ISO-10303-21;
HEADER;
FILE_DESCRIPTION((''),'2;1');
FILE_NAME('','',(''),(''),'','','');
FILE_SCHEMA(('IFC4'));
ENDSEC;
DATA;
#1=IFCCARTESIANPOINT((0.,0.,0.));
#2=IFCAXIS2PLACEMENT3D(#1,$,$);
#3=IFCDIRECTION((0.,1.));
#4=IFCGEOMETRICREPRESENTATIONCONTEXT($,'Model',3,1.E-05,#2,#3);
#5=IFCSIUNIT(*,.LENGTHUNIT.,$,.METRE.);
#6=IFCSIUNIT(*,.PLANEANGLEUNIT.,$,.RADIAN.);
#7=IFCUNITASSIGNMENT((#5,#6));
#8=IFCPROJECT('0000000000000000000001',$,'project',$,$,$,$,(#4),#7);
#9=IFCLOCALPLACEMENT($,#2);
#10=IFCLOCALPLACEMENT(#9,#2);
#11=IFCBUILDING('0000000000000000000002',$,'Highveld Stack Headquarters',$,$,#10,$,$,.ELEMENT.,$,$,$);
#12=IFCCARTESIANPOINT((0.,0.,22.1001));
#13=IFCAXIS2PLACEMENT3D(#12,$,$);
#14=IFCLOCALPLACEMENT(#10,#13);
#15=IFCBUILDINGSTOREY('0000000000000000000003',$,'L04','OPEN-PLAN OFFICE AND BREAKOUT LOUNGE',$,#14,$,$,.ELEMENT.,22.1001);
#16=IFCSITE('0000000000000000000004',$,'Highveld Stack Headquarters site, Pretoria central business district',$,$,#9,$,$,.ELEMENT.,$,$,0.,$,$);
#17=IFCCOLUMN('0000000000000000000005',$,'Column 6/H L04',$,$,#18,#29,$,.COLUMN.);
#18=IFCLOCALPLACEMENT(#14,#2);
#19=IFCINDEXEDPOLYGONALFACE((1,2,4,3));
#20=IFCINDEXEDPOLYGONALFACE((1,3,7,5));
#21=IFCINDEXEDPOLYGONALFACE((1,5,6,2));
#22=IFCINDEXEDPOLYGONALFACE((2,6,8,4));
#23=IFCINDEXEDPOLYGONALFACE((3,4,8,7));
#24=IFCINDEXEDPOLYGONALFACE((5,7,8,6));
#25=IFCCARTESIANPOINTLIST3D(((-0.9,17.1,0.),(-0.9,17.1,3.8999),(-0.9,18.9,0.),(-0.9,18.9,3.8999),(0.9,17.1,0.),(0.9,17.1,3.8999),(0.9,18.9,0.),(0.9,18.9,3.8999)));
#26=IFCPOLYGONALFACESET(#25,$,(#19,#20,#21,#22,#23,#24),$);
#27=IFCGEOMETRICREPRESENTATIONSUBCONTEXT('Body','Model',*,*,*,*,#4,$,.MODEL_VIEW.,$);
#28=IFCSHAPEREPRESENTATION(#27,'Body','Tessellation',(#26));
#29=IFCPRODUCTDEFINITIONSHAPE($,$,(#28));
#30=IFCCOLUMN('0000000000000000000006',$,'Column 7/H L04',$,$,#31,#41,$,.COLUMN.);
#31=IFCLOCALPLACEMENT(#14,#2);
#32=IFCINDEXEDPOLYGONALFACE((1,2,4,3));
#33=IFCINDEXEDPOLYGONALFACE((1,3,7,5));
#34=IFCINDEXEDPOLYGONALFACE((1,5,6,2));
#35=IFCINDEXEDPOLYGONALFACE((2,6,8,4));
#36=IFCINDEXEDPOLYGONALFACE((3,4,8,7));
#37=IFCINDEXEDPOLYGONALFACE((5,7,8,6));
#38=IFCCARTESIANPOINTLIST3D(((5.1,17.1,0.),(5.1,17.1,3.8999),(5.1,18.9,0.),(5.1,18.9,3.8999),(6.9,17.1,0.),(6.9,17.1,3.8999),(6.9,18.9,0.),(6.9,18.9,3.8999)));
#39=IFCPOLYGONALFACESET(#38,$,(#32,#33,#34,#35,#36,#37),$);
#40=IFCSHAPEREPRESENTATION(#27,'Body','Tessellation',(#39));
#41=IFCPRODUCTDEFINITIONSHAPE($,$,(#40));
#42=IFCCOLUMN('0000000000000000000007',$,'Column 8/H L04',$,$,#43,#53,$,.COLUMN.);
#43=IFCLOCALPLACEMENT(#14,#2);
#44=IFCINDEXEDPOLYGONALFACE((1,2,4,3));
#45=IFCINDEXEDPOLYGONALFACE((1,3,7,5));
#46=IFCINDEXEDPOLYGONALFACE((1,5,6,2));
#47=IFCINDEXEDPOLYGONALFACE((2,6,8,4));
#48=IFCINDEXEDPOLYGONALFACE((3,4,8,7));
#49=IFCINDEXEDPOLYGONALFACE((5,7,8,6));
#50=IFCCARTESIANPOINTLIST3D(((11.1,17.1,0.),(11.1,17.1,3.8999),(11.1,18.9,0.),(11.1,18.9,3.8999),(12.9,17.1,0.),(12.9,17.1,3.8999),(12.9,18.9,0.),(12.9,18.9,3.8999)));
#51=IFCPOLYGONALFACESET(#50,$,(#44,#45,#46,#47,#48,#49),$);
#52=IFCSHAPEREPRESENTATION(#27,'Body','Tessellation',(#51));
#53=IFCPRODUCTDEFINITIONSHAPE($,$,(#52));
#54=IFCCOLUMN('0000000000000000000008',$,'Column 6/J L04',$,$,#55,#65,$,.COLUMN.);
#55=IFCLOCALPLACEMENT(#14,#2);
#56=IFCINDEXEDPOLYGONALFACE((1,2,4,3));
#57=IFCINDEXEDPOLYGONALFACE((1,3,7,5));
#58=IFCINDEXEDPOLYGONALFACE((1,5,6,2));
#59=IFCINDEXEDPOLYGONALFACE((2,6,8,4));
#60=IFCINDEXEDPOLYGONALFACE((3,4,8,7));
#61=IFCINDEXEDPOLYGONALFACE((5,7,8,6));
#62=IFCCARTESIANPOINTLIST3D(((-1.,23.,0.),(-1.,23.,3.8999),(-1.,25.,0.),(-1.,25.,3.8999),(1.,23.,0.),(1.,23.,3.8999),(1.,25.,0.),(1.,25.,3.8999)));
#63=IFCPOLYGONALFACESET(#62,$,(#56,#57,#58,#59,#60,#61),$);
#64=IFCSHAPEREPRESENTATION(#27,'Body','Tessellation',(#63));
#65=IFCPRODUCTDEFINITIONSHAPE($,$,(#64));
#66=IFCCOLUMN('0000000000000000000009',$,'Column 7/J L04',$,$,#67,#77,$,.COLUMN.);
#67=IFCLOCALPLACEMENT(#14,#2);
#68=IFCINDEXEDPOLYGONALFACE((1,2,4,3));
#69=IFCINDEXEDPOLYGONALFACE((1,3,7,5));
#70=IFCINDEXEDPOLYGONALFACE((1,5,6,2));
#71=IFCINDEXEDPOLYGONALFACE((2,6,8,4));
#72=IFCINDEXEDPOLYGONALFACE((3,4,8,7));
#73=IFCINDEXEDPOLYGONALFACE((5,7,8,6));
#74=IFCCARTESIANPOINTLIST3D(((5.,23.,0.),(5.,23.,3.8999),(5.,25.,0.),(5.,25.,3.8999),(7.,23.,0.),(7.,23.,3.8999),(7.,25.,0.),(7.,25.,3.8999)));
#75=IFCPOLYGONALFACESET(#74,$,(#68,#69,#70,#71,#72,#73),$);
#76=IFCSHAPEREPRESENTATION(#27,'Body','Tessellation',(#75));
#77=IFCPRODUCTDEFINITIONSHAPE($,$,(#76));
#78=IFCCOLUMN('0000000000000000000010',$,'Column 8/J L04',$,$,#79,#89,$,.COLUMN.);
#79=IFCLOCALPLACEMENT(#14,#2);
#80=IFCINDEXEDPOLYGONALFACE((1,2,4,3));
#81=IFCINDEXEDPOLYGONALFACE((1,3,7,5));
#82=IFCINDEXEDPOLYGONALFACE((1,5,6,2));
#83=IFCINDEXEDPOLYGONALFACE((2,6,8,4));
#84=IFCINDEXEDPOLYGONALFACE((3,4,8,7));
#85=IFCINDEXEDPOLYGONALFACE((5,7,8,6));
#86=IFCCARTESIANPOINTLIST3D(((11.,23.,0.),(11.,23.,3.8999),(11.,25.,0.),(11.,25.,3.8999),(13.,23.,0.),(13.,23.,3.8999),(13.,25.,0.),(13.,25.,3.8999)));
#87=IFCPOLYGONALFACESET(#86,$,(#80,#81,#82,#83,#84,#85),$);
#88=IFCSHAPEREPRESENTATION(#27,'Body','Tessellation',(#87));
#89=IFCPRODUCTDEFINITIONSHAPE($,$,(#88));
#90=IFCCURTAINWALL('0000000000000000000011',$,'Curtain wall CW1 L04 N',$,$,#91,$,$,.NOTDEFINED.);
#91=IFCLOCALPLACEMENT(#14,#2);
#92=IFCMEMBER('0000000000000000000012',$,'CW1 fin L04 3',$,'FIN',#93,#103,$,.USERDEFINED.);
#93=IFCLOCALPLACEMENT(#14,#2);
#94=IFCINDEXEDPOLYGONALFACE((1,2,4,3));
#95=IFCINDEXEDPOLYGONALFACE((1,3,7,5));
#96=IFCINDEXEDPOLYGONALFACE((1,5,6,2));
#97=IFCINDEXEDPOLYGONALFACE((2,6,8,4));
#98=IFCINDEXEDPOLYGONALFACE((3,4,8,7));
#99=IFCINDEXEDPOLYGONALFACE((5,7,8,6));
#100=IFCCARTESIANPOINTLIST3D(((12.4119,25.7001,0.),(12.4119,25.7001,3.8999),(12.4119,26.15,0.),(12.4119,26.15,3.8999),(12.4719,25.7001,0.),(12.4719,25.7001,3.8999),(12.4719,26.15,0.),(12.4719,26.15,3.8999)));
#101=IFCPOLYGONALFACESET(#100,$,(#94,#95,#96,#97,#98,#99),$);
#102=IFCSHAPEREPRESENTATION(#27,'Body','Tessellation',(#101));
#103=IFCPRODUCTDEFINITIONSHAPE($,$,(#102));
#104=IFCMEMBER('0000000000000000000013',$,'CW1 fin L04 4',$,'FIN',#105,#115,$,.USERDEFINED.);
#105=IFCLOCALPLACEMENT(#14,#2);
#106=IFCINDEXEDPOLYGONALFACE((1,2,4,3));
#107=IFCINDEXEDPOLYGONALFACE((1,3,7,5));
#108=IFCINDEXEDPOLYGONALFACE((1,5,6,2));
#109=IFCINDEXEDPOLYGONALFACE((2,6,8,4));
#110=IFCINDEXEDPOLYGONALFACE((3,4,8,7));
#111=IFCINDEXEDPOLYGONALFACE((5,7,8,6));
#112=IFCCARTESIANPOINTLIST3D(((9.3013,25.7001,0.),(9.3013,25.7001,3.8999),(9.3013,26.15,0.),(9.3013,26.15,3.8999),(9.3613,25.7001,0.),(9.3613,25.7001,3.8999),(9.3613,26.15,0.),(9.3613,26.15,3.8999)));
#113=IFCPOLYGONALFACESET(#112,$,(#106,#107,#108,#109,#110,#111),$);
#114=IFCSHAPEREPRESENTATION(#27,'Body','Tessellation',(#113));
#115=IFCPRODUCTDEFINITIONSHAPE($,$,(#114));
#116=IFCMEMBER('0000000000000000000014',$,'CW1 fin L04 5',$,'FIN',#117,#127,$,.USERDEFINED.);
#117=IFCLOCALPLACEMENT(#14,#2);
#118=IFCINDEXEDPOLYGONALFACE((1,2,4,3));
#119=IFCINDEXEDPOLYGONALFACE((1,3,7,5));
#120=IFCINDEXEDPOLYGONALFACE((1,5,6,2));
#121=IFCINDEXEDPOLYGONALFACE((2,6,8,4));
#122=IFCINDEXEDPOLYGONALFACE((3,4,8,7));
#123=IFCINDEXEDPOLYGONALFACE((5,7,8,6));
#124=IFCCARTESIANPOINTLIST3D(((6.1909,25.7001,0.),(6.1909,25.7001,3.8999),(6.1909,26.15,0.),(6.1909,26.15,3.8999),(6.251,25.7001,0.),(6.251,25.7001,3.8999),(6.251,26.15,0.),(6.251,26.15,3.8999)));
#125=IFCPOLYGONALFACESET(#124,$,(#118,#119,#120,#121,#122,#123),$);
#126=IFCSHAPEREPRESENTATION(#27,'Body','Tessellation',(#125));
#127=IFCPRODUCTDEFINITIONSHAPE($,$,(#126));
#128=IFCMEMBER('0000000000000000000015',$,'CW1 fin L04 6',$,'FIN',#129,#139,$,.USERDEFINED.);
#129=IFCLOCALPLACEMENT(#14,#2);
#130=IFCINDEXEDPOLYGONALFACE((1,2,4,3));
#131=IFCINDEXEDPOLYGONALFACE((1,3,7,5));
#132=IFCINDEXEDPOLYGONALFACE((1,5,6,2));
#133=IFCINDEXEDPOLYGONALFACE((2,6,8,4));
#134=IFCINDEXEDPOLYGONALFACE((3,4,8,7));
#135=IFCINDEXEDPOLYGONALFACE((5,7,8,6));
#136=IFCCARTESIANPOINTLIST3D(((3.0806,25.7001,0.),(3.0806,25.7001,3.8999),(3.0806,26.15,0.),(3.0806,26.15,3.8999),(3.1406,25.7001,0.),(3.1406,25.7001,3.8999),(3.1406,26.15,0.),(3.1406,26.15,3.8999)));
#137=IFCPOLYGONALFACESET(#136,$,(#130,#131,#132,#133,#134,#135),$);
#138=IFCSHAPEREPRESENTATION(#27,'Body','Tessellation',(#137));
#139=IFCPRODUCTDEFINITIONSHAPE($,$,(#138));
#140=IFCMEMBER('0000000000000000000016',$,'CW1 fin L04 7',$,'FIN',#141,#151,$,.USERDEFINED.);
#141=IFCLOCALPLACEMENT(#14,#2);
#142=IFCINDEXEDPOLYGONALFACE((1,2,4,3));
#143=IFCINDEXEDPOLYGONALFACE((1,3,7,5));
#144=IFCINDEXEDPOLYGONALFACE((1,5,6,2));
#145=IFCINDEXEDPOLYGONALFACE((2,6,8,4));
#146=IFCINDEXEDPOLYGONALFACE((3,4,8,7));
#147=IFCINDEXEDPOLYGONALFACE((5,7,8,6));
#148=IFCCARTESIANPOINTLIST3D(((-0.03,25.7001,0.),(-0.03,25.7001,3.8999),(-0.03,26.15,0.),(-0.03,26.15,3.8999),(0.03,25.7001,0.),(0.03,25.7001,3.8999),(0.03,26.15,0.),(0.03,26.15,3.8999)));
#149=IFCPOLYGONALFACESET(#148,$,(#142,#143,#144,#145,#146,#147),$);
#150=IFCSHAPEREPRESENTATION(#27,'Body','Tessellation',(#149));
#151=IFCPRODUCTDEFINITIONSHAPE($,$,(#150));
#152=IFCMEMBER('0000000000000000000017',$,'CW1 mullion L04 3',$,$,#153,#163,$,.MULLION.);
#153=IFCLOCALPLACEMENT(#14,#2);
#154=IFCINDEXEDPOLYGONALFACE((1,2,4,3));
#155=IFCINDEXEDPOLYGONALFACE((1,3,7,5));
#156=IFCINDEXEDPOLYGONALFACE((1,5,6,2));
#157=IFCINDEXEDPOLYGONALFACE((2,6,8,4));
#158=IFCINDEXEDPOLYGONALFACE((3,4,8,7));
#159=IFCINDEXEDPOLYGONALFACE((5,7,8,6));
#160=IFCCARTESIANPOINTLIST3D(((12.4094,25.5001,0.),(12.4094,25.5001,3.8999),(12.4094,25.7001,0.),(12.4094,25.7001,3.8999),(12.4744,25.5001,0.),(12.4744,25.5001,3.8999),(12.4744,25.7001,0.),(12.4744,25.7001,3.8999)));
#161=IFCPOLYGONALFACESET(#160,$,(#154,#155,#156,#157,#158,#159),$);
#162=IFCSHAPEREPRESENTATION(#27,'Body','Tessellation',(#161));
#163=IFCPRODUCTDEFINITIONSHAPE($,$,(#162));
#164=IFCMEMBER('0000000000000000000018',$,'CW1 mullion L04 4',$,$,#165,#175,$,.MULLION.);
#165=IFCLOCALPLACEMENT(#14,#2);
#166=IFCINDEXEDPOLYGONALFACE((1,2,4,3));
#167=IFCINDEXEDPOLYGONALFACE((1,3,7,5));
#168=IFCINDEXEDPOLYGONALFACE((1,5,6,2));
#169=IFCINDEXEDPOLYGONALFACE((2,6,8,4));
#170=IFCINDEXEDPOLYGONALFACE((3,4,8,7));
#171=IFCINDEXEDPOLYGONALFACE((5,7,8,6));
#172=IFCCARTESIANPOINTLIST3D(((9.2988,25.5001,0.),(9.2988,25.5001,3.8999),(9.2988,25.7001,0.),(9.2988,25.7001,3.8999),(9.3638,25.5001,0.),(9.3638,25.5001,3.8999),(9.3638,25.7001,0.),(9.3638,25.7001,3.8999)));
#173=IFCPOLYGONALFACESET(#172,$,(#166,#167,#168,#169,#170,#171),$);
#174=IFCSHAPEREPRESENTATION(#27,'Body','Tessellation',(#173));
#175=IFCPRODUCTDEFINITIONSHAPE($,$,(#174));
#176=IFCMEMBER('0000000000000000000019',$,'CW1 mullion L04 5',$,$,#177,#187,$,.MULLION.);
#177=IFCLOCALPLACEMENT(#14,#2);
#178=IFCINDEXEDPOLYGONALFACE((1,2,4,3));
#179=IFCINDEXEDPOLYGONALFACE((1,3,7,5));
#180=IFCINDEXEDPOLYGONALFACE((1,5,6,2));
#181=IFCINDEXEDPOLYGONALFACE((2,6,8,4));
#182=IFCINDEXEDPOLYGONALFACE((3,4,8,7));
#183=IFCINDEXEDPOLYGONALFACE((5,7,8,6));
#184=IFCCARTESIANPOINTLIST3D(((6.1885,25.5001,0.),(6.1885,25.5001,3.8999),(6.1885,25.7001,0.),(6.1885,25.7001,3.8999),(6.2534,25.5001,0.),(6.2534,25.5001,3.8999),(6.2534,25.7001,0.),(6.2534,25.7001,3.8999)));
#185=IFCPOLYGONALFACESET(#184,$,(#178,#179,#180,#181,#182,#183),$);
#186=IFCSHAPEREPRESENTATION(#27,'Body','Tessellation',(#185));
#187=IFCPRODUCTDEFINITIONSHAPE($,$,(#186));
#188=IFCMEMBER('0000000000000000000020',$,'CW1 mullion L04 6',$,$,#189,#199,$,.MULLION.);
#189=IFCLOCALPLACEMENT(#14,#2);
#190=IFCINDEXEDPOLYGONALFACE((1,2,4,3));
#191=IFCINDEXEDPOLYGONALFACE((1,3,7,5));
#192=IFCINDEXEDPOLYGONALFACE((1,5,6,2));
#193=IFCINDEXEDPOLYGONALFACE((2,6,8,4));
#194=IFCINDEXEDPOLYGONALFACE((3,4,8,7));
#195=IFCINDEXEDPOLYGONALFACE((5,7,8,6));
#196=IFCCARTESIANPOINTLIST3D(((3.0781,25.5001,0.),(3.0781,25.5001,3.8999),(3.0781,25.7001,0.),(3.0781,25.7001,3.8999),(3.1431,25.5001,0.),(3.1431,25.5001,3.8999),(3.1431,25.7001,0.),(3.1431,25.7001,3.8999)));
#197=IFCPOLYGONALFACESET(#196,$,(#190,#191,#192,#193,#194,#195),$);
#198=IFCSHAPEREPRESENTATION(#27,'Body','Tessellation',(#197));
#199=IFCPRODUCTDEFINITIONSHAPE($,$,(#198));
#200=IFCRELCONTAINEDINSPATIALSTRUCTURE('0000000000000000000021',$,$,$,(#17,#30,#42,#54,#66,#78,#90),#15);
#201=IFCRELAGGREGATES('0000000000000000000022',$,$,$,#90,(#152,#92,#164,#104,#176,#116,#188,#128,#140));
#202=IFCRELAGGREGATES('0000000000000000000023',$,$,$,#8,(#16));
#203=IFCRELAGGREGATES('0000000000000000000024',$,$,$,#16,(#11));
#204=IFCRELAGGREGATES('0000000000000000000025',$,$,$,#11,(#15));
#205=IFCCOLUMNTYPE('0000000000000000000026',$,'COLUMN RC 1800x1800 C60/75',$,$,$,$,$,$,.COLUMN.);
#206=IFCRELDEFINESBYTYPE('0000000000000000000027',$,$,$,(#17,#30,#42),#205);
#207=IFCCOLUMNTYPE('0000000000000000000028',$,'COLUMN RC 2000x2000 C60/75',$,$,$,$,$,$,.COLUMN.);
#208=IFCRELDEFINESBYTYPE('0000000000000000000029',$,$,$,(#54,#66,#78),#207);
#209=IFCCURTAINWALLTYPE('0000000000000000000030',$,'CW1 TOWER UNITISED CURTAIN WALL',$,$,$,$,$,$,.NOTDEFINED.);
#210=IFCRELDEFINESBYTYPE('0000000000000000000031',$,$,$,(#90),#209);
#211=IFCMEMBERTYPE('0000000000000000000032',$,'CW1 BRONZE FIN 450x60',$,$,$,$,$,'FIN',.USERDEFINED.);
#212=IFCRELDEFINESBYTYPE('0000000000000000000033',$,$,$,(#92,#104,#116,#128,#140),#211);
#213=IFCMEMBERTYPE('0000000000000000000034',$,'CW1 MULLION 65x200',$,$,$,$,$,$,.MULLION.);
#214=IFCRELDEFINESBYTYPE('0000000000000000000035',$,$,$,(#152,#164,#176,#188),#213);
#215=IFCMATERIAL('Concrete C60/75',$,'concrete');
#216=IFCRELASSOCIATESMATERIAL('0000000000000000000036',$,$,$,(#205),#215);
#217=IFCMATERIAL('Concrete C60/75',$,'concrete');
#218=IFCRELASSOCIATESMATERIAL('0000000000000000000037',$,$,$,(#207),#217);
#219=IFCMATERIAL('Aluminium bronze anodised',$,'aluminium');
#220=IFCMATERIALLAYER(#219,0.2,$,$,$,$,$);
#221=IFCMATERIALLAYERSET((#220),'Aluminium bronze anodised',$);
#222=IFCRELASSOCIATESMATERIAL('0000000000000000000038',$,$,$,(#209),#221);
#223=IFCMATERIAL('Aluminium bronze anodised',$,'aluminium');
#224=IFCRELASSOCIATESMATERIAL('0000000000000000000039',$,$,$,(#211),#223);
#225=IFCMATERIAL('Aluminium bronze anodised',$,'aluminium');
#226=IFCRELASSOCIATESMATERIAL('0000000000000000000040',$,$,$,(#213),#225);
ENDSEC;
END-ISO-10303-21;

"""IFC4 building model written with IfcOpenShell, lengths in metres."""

from ifc_helpers import new_model, si_unit, direction, frame, origin, origin_2d, place, context, subcontext, project, spatial, rectangle, extrude, material, layer, layer_set, material_profile, profile_set, type_object, element, aggregate, save


model = new_model("IFC4")

# Units and contexts
model_context = context("Model", 3, precision=1e-05, world=origin(), true_north=direction((0.0, 1.0)))
body_context = subcontext(model_context, "Body", "Model", "MODEL_VIEW")
ifc_project = project(units=[si_unit("LENGTHUNIT", "METRE"), si_unit("PLANEANGLEUNIT", "RADIAN")], contexts=[model_context])

# Site, building, storey
site_placement = place(None, origin())
site = spatial("IfcSite", under=ifc_project, at=site_placement, Name="Highveld Stack Headquarters site, Pretoria central business district", CompositionType="ELEMENT", RefElevation=0.0)
building_placement = place(site_placement, origin())
building = spatial("IfcBuilding", under=site, at=building_placement, Name="Highveld Stack Headquarters", CompositionType="ELEMENT")
storey_placement = place(building_placement, frame((0.0, 0.0, 22.1001)))
storey = spatial("IfcBuildingStorey", under=building, at=storey_placement, Name="L04", Description="OPEN-PLAN OFFICE AND BREAKOUT LOUNGE", CompositionType="ELEMENT", Elevation=22.1001)

# Columns
ifc_material_1 = material(Name="Concrete C60/75", Category="concrete")
ifc_material_profile_1 = material_profile(ifc_material_1, rectangle(XDim=1.8, YDim=1.8, at=origin_2d()), Name="RC 1800x1800")
ifc_profile_set_1 = profile_set([ifc_material_profile_1], Name="Concrete C60/75")
column_type_1 = type_object("IfcColumnType", Name="COLUMN RC 1800x1800 C60/75", PredefinedType="COLUMN", material=ifc_profile_set_1)
for number, where, z_axis, x_axis, name in (
    (1, (0.0, 18.0, 0.0), (0.0, 0.0, 1.0), (1.0, 0.0, 0.0), "Column 6/H L04"),
    (2, (6.0, 18.0, 0.0), (0.0, 0.0, 1.0), (1.0, 0.0, 0.0), "Column 7/H L04"),
    (3, (12.0, 18.0, 0.0), (0.0, 0.0, 1.0), (1.0, 0.0, 0.0), "Column 8/H L04"),
):
    element("IfcColumn", number, at=place(storey_placement, frame(where, z_axis=z_axis, x_axis=x_axis)), inside=storey, type_object=column_type_1, Name=name, PredefinedType="COLUMN", context=body_context, shape_type="SweptSolid", body=[
        extrude(rectangle(XDim=1.8, YDim=1.8, at=origin_2d()), origin(), (0.0, 0.0, 1.0), 3.8999),
    ])
ifc_material_2 = material(Name="Concrete C60/75", Category="concrete")
ifc_material_profile_2 = material_profile(ifc_material_2, rectangle(XDim=2.0, YDim=2.0, at=origin_2d()), Name="RC 2000x2000")
ifc_profile_set_2 = profile_set([ifc_material_profile_2], Name="Concrete C60/75")
column_type_2 = type_object("IfcColumnType", Name="COLUMN RC 2000x2000 C60/75", PredefinedType="COLUMN", material=ifc_profile_set_2)
for number, where, z_axis, x_axis, name in (
    (4, (0.0, 24.0, 0.0), (0.0, 0.0, 1.0), (1.0, 0.0, 0.0), "Column 6/J L04"),
    (5, (6.0, 24.0, 0.0), (0.0, 0.0, 1.0), (1.0, 0.0, 0.0), "Column 7/J L04"),
    (6, (12.0, 24.0, 0.0), (0.0, 0.0, 1.0), (1.0, 0.0, 0.0), "Column 8/J L04"),
):
    element("IfcColumn", number, at=place(storey_placement, frame(where, z_axis=z_axis, x_axis=x_axis)), inside=storey, type_object=column_type_2, Name=name, PredefinedType="COLUMN", context=body_context, shape_type="SweptSolid", body=[
        extrude(rectangle(XDim=2.0, YDim=2.0, at=origin_2d()), origin(), (0.0, 0.0, 1.0), 3.8999),
    ])

# Curtain wall, members
ifc_material_3 = material(Name="Aluminium bronze anodised", Category="aluminium")
ifc_layer_1 = layer(ifc_material_3, 0.2)
ifc_layer_set_1 = layer_set([ifc_layer_1], Name="Aluminium bronze anodised")
curtain_wall_type = type_object("IfcCurtainWallType", Name="CW1 TOWER UNITISED CURTAIN WALL", PredefinedType="NOTDEFINED", material=ifc_layer_set_1)
curtain_wall_placement = place(storey_placement, origin())
curtain_wall = element("IfcCurtainWall", 7, at=curtain_wall_placement, inside=storey, type_object=curtain_wall_type, Name="Curtain wall CW1 L04 N", PredefinedType="NOTDEFINED")
ifc_material_4 = material(Name="Aluminium bronze anodised", Category="aluminium")
ifc_material_profile_3 = material_profile(ifc_material_4, rectangle(XDim=0.45, YDim=0.0601, at=origin_2d()), Name="FIN 450x60")
ifc_profile_set_3 = profile_set([ifc_material_profile_3], Name="Aluminium bronze anodised")
member_type_1 = type_object("IfcMemberType", Name="CW1 BRONZE FIN 450x60", ElementType="FIN", PredefinedType="USERDEFINED", material=ifc_profile_set_3)
member_1_placement = place(storey_placement, frame((12.4419, 25.925, 0.0), z_axis=(0.0, 0.0, 1.0), x_axis=(0.0, -1.0, 0.0)))
member_1 = element("IfcMember", 8, at=member_1_placement, type_object=member_type_1, Name="CW1 fin L04 3", ObjectType="FIN", PredefinedType="USERDEFINED", context=body_context, shape_type="SweptSolid", body=[
    extrude(rectangle(XDim=0.45, YDim=0.0601, at=origin_2d()), origin(), (0.0, 0.0, 1.0), 3.8999),
])
member_2_placement = place(storey_placement, frame((9.3313, 25.925, 0.0), z_axis=(0.0, 0.0, 1.0), x_axis=(0.0, -1.0, 0.0)))
member_2 = element("IfcMember", 9, at=member_2_placement, type_object=member_type_1, Name="CW1 fin L04 4", ObjectType="FIN", PredefinedType="USERDEFINED", context=body_context, shape_type="SweptSolid", body=[
    extrude(rectangle(XDim=0.45, YDim=0.0601, at=origin_2d()), origin(), (0.0, 0.0, 1.0), 3.8999),
])
member_3_placement = place(storey_placement, frame((6.2209, 25.925, 0.0), z_axis=(0.0, 0.0, 1.0), x_axis=(0.0, -1.0, 0.0)))
member_3 = element("IfcMember", 10, at=member_3_placement, type_object=member_type_1, Name="CW1 fin L04 5", ObjectType="FIN", PredefinedType="USERDEFINED", context=body_context, shape_type="SweptSolid", body=[
    extrude(rectangle(XDim=0.45, YDim=0.0601, at=origin_2d()), origin(), (0.0, 0.0, 1.0), 3.8999),
])
member_4_placement = place(storey_placement, frame((3.1106, 25.925, 0.0), z_axis=(0.0, 0.0, 1.0), x_axis=(0.0, -1.0, 0.0)))
member_4 = element("IfcMember", 11, at=member_4_placement, type_object=member_type_1, Name="CW1 fin L04 6", ObjectType="FIN", PredefinedType="USERDEFINED", context=body_context, shape_type="SweptSolid", body=[
    extrude(rectangle(XDim=0.45, YDim=0.0601, at=origin_2d()), origin(), (0.0, 0.0, 1.0), 3.8999),
])
member_5_placement = place(storey_placement, frame((0.0, 25.925, 0.0), z_axis=(0.0, 0.0, 1.0), x_axis=(0.0, -1.0, 0.0)))
member_5 = element("IfcMember", 12, at=member_5_placement, type_object=member_type_1, Name="CW1 fin L04 7", ObjectType="FIN", PredefinedType="USERDEFINED", context=body_context, shape_type="SweptSolid", body=[
    extrude(rectangle(XDim=0.45, YDim=0.0601, at=origin_2d()), origin(), (0.0, 0.0, 1.0), 3.8999),
])
ifc_material_5 = material(Name="Aluminium bronze anodised", Category="aluminium")
ifc_material_profile_4 = material_profile(ifc_material_5, rectangle(XDim=0.2, YDim=0.0649, at=origin_2d()), Name="CW1 MULLION 65x200")
ifc_profile_set_4 = profile_set([ifc_material_profile_4], Name="Aluminium bronze anodised")
member_type_2 = type_object("IfcMemberType", Name="CW1 MULLION 65x200", PredefinedType="MULLION", material=ifc_profile_set_4)
member_6_placement = place(storey_placement, frame((12.4419, 25.6001, 0.0), z_axis=(0.0, 0.0, 1.0), x_axis=(0.0, -1.0, 0.0)))
member_6 = element("IfcMember", 13, at=member_6_placement, type_object=member_type_2, Name="CW1 mullion L04 3", PredefinedType="MULLION", context=body_context, shape_type="SweptSolid", body=[
    extrude(rectangle(XDim=0.2, YDim=0.0649, at=origin_2d()), origin(), (0.0, 0.0, 1.0), 3.8999),
])
member_7_placement = place(storey_placement, frame((9.3313, 25.6001, 0.0), z_axis=(0.0, 0.0, 1.0), x_axis=(0.0, -1.0, 0.0)))
member_7 = element("IfcMember", 14, at=member_7_placement, type_object=member_type_2, Name="CW1 mullion L04 4", PredefinedType="MULLION", context=body_context, shape_type="SweptSolid", body=[
    extrude(rectangle(XDim=0.2, YDim=0.0649, at=origin_2d()), origin(), (0.0, 0.0, 1.0), 3.8999),
])
member_8_placement = place(storey_placement, frame((6.2209, 25.6001, 0.0), z_axis=(0.0, 0.0, 1.0), x_axis=(0.0, -1.0, 0.0)))
member_8 = element("IfcMember", 15, at=member_8_placement, type_object=member_type_2, Name="CW1 mullion L04 5", PredefinedType="MULLION", context=body_context, shape_type="SweptSolid", body=[
    extrude(rectangle(XDim=0.2, YDim=0.0649, at=origin_2d()), origin(), (0.0, 0.0, 1.0), 3.8999),
])
member_9_placement = place(storey_placement, frame((3.1106, 25.6001, 0.0), z_axis=(0.0, 0.0, 1.0), x_axis=(0.0, -1.0, 0.0)))
member_9 = element("IfcMember", 16, at=member_9_placement, type_object=member_type_2, Name="CW1 mullion L04 6", PredefinedType="MULLION", context=body_context, shape_type="SweptSolid", body=[
    extrude(rectangle(XDim=0.2, YDim=0.0649, at=origin_2d()), origin(), (0.0, 0.0, 1.0), 3.8999),
])
aggregate(curtain_wall, [member_6, member_1, member_7, member_2, member_8, member_3, member_9, member_4, member_5])

save(model, "model.ifc")
